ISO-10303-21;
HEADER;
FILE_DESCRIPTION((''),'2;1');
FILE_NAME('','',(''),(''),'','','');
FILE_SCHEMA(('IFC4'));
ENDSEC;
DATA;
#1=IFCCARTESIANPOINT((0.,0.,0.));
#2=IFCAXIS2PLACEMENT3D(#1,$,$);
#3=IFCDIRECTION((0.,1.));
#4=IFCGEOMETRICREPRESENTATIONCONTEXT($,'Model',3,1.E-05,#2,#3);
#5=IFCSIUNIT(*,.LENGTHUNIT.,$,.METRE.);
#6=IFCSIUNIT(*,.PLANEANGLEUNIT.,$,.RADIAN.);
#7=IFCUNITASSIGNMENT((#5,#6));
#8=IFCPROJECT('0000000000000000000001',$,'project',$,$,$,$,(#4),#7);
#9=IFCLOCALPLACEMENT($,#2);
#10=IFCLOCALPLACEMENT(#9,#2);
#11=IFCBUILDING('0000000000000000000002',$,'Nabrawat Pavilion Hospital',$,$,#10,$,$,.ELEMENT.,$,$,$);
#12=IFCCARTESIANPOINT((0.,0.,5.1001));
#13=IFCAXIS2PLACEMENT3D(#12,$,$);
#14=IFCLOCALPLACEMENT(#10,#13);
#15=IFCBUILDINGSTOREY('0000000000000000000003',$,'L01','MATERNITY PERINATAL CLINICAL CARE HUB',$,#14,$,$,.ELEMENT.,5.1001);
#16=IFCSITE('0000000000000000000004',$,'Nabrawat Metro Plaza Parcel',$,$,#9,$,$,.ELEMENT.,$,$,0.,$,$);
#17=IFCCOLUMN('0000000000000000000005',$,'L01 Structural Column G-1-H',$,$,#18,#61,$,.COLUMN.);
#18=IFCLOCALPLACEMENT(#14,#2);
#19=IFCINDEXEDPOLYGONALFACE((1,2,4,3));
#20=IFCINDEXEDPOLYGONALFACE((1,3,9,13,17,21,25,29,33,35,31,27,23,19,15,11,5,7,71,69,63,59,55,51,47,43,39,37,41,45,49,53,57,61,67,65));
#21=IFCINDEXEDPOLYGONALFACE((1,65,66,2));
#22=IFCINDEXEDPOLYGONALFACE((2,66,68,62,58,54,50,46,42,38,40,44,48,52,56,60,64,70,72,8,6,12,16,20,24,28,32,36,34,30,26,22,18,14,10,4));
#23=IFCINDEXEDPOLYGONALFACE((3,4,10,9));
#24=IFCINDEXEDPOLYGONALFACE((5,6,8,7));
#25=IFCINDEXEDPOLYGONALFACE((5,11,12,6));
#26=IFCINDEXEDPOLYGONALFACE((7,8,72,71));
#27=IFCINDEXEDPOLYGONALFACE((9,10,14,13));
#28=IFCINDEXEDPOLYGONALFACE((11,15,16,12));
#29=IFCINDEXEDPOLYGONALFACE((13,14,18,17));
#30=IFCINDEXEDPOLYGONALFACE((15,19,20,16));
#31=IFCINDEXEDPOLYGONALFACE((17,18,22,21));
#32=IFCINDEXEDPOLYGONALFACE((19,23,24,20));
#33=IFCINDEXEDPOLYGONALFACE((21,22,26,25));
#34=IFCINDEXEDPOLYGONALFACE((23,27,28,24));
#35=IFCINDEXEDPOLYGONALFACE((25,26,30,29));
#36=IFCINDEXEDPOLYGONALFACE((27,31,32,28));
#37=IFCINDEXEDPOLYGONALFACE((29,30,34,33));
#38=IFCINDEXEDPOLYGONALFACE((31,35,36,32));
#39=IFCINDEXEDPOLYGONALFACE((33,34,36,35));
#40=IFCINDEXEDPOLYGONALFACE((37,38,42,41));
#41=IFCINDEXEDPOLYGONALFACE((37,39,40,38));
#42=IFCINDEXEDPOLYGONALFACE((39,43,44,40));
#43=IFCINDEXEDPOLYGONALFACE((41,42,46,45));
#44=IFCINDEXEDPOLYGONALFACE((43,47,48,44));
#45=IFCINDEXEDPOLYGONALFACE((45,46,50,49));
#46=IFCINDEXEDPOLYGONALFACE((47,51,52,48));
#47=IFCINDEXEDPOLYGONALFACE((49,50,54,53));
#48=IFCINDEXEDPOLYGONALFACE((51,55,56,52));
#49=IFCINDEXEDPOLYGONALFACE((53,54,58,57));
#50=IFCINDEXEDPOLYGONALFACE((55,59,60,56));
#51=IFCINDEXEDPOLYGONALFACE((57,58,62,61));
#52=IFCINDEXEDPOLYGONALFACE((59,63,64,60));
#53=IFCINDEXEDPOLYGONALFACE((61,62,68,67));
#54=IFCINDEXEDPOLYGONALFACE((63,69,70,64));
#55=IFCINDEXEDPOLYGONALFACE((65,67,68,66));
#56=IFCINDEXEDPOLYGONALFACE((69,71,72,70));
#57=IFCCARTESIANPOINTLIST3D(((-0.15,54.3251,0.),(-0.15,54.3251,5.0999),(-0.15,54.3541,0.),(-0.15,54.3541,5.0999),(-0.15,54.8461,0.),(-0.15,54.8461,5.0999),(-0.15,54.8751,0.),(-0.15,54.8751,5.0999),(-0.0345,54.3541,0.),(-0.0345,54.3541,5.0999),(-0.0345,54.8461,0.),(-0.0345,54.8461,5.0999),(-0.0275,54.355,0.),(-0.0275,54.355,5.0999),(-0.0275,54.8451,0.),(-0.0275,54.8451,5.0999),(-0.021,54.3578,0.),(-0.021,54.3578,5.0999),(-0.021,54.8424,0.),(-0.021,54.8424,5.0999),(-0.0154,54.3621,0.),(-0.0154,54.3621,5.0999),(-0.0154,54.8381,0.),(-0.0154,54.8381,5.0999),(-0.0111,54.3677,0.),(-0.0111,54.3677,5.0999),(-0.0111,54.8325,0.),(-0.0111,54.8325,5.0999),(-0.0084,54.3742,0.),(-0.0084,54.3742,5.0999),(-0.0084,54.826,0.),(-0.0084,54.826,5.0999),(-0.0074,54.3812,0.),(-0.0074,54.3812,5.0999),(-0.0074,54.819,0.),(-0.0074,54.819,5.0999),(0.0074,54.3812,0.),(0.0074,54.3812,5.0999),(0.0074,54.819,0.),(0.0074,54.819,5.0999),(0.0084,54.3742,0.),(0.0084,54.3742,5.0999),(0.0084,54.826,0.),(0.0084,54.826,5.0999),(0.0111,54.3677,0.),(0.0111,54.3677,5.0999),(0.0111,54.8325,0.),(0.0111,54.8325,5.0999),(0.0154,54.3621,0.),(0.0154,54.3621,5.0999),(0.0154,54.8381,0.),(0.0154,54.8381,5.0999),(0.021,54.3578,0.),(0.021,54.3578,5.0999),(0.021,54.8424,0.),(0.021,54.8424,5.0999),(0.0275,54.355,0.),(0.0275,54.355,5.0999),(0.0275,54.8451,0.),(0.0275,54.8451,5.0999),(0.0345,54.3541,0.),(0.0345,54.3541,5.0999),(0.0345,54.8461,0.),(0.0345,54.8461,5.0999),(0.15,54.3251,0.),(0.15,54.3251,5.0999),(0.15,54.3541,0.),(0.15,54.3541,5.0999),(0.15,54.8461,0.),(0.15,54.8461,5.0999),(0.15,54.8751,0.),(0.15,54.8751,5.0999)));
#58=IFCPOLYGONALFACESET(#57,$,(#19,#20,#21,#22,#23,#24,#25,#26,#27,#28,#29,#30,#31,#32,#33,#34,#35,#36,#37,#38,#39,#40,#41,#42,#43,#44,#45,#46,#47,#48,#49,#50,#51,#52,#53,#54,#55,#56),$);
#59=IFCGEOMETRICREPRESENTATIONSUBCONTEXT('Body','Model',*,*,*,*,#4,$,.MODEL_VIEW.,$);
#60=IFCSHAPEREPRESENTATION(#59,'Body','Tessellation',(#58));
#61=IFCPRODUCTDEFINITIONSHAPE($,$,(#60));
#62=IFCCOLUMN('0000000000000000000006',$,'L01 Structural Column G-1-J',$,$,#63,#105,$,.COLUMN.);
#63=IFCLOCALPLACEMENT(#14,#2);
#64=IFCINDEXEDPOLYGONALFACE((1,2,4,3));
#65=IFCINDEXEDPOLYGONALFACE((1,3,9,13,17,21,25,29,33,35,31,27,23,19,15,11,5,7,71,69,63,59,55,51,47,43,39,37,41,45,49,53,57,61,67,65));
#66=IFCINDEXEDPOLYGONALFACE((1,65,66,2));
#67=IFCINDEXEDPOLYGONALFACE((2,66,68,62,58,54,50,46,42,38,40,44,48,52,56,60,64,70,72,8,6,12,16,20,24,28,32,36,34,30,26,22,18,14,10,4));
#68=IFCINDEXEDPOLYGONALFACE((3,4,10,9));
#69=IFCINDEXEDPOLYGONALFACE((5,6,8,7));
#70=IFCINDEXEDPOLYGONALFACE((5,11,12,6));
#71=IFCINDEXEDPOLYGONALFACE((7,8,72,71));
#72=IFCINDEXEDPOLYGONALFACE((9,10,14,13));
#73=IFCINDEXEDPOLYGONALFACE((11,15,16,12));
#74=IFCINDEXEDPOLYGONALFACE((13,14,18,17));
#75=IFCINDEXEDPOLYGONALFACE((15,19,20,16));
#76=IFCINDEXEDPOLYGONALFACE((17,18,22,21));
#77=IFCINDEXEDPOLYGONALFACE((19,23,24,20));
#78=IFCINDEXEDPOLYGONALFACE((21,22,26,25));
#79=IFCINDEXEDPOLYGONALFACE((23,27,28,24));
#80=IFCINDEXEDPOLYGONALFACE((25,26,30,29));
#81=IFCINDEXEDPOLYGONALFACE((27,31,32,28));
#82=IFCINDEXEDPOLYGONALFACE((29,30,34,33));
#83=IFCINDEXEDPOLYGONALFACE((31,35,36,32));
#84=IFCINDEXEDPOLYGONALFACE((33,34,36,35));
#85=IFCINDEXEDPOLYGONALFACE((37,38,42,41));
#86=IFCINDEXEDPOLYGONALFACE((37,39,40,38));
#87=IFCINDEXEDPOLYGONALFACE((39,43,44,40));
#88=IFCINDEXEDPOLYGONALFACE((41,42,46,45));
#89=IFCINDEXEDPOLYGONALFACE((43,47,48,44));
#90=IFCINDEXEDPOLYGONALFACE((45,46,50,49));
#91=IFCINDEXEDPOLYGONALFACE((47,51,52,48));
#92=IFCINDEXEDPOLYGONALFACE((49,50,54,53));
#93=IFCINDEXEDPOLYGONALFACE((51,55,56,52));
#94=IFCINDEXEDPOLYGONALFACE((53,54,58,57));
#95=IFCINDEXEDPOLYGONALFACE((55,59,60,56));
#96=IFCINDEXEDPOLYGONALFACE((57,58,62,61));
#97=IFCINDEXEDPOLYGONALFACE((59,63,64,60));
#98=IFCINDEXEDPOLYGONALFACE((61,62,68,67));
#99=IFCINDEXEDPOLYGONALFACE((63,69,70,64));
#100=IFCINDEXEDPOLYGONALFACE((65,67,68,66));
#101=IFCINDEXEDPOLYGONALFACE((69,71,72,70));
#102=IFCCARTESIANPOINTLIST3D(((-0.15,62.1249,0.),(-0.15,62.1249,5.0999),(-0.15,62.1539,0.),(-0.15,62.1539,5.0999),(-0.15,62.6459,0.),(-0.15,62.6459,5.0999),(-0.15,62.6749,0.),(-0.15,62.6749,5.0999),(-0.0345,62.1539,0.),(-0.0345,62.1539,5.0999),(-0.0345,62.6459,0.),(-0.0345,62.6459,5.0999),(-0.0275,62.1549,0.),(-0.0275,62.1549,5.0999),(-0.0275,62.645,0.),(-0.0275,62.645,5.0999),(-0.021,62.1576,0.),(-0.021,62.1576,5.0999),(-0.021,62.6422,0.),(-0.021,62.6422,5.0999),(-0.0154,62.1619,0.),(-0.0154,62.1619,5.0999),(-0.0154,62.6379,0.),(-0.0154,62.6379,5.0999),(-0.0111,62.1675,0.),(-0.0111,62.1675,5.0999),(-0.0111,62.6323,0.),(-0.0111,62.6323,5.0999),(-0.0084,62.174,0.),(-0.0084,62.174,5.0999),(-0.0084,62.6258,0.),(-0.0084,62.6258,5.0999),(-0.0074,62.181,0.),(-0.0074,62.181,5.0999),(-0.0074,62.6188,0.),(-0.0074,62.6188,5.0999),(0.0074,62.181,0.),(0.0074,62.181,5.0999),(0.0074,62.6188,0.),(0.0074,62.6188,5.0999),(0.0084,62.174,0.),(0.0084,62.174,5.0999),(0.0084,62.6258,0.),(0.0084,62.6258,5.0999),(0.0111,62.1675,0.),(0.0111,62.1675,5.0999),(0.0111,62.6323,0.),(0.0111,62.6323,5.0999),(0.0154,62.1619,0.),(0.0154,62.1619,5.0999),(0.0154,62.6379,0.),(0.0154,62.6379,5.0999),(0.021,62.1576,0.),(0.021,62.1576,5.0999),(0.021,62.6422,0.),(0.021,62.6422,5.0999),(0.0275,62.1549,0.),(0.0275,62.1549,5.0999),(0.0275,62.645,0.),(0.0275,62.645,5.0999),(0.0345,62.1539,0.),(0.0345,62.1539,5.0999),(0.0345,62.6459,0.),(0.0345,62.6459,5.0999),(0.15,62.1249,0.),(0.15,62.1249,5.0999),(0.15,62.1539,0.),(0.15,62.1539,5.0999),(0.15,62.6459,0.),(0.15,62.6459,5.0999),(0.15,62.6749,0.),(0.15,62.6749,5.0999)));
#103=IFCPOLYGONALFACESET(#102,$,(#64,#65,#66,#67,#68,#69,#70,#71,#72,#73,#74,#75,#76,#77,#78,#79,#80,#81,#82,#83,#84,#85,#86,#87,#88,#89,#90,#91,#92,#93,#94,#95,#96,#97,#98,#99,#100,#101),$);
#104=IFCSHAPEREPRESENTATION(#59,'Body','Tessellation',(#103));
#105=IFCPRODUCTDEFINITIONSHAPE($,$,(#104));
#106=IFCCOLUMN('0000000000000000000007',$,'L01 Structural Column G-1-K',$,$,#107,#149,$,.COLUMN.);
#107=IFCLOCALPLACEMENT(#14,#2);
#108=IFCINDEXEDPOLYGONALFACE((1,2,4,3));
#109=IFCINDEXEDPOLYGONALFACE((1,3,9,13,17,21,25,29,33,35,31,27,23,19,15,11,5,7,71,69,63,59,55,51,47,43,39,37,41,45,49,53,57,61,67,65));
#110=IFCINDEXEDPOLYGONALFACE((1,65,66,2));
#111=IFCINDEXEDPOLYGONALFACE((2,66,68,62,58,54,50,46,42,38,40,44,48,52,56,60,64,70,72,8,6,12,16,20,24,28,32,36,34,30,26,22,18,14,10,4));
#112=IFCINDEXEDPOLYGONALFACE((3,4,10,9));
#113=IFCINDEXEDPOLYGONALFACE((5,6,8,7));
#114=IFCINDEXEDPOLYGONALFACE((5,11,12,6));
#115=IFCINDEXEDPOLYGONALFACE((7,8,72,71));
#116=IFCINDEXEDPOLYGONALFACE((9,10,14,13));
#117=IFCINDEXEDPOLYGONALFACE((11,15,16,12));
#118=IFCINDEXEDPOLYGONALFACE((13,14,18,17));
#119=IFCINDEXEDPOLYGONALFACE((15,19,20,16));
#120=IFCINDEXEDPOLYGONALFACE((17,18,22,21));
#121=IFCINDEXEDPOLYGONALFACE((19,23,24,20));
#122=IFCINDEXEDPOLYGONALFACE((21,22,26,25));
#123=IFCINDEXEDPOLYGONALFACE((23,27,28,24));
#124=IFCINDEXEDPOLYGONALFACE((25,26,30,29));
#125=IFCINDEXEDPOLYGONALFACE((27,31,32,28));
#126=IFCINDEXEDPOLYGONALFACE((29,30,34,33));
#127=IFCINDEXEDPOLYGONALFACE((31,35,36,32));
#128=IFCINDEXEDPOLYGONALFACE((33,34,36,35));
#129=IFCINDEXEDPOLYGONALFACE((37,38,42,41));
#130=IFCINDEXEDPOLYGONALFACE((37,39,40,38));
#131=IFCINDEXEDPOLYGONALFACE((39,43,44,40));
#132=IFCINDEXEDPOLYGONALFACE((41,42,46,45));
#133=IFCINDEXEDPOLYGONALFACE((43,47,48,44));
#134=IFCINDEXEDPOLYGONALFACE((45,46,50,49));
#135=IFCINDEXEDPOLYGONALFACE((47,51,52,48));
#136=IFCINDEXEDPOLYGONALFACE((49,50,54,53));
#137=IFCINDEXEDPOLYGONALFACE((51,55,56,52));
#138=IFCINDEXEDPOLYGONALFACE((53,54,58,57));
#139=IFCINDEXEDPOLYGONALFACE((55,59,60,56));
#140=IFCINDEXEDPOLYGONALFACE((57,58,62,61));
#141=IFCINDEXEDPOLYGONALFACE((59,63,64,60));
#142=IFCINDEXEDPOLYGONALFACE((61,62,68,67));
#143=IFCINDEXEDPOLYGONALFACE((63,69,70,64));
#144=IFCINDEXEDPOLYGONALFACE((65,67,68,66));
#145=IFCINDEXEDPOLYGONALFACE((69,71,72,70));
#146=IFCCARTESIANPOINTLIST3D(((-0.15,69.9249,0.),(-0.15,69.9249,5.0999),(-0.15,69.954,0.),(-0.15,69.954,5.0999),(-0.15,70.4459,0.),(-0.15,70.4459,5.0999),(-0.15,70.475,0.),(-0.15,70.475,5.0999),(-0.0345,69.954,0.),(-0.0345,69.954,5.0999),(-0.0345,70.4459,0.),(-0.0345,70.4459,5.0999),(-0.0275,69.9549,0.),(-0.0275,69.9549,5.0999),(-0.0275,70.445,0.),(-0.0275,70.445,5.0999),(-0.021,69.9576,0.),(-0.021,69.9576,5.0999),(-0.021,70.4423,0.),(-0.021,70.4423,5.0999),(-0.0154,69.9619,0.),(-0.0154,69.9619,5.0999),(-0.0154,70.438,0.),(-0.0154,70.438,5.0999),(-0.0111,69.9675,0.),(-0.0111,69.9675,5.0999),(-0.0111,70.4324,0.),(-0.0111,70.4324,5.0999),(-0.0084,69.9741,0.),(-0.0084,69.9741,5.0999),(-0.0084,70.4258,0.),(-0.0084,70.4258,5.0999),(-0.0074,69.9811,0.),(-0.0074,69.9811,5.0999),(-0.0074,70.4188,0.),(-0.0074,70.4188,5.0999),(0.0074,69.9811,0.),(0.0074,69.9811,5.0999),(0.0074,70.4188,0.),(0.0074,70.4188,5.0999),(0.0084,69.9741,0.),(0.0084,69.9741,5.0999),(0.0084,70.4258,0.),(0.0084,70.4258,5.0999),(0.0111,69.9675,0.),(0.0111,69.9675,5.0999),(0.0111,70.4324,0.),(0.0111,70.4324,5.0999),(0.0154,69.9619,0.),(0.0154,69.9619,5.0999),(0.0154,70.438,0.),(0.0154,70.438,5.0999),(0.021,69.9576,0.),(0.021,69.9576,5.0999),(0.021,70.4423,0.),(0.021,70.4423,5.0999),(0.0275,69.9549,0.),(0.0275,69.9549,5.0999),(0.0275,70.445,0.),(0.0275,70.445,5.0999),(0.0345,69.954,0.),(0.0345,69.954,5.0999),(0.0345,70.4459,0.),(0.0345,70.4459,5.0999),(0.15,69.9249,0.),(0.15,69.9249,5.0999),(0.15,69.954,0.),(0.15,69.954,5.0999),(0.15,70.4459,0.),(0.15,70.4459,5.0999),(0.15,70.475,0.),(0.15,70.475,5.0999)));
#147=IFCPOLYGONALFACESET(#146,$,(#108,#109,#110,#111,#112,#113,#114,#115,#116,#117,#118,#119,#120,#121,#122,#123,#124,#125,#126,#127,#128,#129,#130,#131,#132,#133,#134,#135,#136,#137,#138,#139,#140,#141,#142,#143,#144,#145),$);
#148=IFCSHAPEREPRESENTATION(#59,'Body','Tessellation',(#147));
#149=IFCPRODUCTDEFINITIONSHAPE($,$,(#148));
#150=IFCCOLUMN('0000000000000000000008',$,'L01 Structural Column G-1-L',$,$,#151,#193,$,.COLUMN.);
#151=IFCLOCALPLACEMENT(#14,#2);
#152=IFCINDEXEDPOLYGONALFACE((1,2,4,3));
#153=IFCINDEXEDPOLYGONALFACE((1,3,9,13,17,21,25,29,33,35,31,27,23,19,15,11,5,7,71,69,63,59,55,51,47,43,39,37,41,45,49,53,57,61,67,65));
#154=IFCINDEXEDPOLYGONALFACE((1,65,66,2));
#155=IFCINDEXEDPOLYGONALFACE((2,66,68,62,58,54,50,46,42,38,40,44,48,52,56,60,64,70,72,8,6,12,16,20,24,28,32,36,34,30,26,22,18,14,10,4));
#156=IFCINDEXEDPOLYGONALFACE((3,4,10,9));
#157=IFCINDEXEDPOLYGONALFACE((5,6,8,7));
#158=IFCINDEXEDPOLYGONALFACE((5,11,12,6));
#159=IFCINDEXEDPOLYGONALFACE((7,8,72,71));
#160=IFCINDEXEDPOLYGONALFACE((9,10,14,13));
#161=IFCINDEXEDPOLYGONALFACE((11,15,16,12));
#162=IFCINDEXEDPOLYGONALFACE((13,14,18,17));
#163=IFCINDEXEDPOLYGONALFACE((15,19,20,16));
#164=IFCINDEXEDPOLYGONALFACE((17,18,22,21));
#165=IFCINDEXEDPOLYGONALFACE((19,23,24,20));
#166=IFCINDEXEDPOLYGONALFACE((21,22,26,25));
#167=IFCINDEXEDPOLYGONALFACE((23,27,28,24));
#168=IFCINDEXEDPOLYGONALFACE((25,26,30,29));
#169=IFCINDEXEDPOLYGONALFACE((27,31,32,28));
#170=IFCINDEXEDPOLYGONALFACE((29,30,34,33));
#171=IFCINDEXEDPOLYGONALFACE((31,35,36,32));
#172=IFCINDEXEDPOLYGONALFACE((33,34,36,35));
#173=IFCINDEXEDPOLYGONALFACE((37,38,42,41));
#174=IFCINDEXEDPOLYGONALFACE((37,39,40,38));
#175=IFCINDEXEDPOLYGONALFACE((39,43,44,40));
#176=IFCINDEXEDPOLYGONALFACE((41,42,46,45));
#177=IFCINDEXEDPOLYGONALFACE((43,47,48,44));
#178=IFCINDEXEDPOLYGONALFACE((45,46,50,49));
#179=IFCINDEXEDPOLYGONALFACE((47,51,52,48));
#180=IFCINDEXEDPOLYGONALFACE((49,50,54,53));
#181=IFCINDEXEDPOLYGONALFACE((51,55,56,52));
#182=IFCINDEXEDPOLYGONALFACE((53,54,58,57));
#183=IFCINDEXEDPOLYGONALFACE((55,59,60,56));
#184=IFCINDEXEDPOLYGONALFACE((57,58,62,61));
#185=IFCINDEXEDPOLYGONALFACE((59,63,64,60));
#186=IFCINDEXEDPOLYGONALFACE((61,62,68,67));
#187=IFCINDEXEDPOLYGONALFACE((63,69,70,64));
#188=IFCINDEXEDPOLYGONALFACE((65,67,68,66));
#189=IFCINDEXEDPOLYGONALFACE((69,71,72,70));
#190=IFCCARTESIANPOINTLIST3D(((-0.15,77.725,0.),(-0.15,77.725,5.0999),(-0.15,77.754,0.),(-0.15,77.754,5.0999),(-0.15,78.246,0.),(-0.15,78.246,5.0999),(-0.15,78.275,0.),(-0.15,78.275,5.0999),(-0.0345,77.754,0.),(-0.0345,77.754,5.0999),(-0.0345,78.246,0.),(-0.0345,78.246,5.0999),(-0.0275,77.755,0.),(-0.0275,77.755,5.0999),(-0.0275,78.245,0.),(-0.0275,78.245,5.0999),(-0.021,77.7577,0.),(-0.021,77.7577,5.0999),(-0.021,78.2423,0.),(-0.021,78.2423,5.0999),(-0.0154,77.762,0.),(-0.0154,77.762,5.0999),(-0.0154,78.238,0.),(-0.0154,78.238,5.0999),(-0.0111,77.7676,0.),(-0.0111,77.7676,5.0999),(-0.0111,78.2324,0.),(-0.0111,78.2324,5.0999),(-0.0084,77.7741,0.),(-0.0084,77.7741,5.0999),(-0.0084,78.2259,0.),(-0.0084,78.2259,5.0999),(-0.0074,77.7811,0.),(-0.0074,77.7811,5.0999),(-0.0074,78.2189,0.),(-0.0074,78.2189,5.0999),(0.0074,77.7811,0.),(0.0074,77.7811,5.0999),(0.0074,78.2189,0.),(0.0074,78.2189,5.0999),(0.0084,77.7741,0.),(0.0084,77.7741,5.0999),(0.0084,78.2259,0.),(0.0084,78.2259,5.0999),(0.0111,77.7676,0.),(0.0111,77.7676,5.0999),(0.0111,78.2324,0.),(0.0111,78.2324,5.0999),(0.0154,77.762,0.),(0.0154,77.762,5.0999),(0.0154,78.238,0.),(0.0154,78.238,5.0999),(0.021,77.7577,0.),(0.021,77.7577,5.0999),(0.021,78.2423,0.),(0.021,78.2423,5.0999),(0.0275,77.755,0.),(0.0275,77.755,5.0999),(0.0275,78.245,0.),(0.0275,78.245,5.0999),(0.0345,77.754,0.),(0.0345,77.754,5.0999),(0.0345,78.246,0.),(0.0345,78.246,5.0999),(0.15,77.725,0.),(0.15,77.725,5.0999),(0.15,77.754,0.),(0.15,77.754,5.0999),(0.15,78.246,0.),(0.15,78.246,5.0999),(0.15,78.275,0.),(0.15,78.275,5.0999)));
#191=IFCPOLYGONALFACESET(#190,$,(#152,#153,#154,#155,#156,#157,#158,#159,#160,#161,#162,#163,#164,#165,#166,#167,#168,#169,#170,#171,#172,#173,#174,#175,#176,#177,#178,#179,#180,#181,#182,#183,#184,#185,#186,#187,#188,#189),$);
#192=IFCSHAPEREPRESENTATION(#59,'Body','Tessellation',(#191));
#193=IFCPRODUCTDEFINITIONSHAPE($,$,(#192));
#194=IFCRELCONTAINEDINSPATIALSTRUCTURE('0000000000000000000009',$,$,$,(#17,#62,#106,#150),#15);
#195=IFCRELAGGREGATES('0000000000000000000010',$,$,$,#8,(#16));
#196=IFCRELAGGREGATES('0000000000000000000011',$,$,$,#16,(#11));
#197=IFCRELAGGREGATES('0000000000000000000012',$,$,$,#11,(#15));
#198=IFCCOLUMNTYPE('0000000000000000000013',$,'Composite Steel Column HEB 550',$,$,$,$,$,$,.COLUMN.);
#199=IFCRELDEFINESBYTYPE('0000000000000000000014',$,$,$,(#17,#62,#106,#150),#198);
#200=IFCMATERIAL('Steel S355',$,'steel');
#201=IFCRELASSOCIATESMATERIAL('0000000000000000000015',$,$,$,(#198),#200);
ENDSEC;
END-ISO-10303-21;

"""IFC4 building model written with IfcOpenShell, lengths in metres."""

from ifc_helpers import new_model, si_unit, direction, frame, origin, origin_2d, place, context, subcontext, project, spatial, i_section, extrude, material, material_profile, profile_set, type_object, element, save


model = new_model("IFC4")

# Units and contexts
model_context = context("Model", 3, precision=1e-05, world=origin(), true_north=direction((0.0, 1.0)))
body_context = subcontext(model_context, "Body", "Model", "MODEL_VIEW")
ifc_project = project(units=[si_unit("LENGTHUNIT", "METRE"), si_unit("PLANEANGLEUNIT", "RADIAN")], contexts=[model_context])

# Site, building, storey
site_placement = place(None, origin())
site = spatial("IfcSite", under=ifc_project, at=site_placement, Name="Nabrawat Metro Plaza Parcel", CompositionType="ELEMENT", RefElevation=0.0)
building_placement = place(site_placement, origin())
building = spatial("IfcBuilding", under=site, at=building_placement, Name="Nabrawat Pavilion Hospital", CompositionType="ELEMENT")
storey_placement = place(building_placement, frame((0.0, 0.0, 5.1001)))
storey = spatial("IfcBuildingStorey", under=building, at=storey_placement, Name="L01", Description="MATERNITY PERINATAL CLINICAL CARE HUB", CompositionType="ELEMENT", Elevation=5.1001)

# Columns
ifc_material_1 = material(Name="Steel S355", Category="steel")
ifc_material_profile_1 = material_profile(ifc_material_1, i_section(OverallWidth=0.3, OverallDepth=0.55, WebThickness=0.0149, FlangeThickness=0.0291, FilletRadius=0.0271, at=origin_2d()), Name="HEB 550")
ifc_profile_set_1 = profile_set([ifc_material_profile_1], Name="Steel S355")
column_type = type_object("IfcColumnType", Name="Composite Steel Column HEB 550", PredefinedType="COLUMN", material=ifc_profile_set_1)
for number, where, z_axis, x_axis, name in (
    (1, (0.0, 54.6001, 0.0), (0.0, 0.0, 1.0), (1.0, 0.0, 0.0), "L01 Structural Column G-1-H"),
    (2, (0.0, 62.3999, 0.0), (0.0, 0.0, 1.0), (1.0, 0.0, 0.0), "L01 Structural Column G-1-J"),
    (3, (0.0, 70.2, 0.0), (0.0, 0.0, 1.0), (1.0, 0.0, 0.0), "L01 Structural Column G-1-K"),
    (4, (0.0, 78.0, 0.0), (0.0, 0.0, 1.0), (1.0, 0.0, 0.0), "L01 Structural Column G-1-L"),
):
    element("IfcColumn", number, at=place(storey_placement, frame(where, z_axis=z_axis, x_axis=x_axis)), inside=storey, type_object=column_type, Name=name, PredefinedType="COLUMN", context=body_context, shape_type="SweptSolid", body=[
        extrude(i_section(OverallWidth=0.3, OverallDepth=0.55, WebThickness=0.0149, FlangeThickness=0.0291, FilletRadius=0.0271, at=origin_2d()), origin(), (0.0, 0.0, 1.0), 5.0999),
    ])

save(model, "model.ifc")
